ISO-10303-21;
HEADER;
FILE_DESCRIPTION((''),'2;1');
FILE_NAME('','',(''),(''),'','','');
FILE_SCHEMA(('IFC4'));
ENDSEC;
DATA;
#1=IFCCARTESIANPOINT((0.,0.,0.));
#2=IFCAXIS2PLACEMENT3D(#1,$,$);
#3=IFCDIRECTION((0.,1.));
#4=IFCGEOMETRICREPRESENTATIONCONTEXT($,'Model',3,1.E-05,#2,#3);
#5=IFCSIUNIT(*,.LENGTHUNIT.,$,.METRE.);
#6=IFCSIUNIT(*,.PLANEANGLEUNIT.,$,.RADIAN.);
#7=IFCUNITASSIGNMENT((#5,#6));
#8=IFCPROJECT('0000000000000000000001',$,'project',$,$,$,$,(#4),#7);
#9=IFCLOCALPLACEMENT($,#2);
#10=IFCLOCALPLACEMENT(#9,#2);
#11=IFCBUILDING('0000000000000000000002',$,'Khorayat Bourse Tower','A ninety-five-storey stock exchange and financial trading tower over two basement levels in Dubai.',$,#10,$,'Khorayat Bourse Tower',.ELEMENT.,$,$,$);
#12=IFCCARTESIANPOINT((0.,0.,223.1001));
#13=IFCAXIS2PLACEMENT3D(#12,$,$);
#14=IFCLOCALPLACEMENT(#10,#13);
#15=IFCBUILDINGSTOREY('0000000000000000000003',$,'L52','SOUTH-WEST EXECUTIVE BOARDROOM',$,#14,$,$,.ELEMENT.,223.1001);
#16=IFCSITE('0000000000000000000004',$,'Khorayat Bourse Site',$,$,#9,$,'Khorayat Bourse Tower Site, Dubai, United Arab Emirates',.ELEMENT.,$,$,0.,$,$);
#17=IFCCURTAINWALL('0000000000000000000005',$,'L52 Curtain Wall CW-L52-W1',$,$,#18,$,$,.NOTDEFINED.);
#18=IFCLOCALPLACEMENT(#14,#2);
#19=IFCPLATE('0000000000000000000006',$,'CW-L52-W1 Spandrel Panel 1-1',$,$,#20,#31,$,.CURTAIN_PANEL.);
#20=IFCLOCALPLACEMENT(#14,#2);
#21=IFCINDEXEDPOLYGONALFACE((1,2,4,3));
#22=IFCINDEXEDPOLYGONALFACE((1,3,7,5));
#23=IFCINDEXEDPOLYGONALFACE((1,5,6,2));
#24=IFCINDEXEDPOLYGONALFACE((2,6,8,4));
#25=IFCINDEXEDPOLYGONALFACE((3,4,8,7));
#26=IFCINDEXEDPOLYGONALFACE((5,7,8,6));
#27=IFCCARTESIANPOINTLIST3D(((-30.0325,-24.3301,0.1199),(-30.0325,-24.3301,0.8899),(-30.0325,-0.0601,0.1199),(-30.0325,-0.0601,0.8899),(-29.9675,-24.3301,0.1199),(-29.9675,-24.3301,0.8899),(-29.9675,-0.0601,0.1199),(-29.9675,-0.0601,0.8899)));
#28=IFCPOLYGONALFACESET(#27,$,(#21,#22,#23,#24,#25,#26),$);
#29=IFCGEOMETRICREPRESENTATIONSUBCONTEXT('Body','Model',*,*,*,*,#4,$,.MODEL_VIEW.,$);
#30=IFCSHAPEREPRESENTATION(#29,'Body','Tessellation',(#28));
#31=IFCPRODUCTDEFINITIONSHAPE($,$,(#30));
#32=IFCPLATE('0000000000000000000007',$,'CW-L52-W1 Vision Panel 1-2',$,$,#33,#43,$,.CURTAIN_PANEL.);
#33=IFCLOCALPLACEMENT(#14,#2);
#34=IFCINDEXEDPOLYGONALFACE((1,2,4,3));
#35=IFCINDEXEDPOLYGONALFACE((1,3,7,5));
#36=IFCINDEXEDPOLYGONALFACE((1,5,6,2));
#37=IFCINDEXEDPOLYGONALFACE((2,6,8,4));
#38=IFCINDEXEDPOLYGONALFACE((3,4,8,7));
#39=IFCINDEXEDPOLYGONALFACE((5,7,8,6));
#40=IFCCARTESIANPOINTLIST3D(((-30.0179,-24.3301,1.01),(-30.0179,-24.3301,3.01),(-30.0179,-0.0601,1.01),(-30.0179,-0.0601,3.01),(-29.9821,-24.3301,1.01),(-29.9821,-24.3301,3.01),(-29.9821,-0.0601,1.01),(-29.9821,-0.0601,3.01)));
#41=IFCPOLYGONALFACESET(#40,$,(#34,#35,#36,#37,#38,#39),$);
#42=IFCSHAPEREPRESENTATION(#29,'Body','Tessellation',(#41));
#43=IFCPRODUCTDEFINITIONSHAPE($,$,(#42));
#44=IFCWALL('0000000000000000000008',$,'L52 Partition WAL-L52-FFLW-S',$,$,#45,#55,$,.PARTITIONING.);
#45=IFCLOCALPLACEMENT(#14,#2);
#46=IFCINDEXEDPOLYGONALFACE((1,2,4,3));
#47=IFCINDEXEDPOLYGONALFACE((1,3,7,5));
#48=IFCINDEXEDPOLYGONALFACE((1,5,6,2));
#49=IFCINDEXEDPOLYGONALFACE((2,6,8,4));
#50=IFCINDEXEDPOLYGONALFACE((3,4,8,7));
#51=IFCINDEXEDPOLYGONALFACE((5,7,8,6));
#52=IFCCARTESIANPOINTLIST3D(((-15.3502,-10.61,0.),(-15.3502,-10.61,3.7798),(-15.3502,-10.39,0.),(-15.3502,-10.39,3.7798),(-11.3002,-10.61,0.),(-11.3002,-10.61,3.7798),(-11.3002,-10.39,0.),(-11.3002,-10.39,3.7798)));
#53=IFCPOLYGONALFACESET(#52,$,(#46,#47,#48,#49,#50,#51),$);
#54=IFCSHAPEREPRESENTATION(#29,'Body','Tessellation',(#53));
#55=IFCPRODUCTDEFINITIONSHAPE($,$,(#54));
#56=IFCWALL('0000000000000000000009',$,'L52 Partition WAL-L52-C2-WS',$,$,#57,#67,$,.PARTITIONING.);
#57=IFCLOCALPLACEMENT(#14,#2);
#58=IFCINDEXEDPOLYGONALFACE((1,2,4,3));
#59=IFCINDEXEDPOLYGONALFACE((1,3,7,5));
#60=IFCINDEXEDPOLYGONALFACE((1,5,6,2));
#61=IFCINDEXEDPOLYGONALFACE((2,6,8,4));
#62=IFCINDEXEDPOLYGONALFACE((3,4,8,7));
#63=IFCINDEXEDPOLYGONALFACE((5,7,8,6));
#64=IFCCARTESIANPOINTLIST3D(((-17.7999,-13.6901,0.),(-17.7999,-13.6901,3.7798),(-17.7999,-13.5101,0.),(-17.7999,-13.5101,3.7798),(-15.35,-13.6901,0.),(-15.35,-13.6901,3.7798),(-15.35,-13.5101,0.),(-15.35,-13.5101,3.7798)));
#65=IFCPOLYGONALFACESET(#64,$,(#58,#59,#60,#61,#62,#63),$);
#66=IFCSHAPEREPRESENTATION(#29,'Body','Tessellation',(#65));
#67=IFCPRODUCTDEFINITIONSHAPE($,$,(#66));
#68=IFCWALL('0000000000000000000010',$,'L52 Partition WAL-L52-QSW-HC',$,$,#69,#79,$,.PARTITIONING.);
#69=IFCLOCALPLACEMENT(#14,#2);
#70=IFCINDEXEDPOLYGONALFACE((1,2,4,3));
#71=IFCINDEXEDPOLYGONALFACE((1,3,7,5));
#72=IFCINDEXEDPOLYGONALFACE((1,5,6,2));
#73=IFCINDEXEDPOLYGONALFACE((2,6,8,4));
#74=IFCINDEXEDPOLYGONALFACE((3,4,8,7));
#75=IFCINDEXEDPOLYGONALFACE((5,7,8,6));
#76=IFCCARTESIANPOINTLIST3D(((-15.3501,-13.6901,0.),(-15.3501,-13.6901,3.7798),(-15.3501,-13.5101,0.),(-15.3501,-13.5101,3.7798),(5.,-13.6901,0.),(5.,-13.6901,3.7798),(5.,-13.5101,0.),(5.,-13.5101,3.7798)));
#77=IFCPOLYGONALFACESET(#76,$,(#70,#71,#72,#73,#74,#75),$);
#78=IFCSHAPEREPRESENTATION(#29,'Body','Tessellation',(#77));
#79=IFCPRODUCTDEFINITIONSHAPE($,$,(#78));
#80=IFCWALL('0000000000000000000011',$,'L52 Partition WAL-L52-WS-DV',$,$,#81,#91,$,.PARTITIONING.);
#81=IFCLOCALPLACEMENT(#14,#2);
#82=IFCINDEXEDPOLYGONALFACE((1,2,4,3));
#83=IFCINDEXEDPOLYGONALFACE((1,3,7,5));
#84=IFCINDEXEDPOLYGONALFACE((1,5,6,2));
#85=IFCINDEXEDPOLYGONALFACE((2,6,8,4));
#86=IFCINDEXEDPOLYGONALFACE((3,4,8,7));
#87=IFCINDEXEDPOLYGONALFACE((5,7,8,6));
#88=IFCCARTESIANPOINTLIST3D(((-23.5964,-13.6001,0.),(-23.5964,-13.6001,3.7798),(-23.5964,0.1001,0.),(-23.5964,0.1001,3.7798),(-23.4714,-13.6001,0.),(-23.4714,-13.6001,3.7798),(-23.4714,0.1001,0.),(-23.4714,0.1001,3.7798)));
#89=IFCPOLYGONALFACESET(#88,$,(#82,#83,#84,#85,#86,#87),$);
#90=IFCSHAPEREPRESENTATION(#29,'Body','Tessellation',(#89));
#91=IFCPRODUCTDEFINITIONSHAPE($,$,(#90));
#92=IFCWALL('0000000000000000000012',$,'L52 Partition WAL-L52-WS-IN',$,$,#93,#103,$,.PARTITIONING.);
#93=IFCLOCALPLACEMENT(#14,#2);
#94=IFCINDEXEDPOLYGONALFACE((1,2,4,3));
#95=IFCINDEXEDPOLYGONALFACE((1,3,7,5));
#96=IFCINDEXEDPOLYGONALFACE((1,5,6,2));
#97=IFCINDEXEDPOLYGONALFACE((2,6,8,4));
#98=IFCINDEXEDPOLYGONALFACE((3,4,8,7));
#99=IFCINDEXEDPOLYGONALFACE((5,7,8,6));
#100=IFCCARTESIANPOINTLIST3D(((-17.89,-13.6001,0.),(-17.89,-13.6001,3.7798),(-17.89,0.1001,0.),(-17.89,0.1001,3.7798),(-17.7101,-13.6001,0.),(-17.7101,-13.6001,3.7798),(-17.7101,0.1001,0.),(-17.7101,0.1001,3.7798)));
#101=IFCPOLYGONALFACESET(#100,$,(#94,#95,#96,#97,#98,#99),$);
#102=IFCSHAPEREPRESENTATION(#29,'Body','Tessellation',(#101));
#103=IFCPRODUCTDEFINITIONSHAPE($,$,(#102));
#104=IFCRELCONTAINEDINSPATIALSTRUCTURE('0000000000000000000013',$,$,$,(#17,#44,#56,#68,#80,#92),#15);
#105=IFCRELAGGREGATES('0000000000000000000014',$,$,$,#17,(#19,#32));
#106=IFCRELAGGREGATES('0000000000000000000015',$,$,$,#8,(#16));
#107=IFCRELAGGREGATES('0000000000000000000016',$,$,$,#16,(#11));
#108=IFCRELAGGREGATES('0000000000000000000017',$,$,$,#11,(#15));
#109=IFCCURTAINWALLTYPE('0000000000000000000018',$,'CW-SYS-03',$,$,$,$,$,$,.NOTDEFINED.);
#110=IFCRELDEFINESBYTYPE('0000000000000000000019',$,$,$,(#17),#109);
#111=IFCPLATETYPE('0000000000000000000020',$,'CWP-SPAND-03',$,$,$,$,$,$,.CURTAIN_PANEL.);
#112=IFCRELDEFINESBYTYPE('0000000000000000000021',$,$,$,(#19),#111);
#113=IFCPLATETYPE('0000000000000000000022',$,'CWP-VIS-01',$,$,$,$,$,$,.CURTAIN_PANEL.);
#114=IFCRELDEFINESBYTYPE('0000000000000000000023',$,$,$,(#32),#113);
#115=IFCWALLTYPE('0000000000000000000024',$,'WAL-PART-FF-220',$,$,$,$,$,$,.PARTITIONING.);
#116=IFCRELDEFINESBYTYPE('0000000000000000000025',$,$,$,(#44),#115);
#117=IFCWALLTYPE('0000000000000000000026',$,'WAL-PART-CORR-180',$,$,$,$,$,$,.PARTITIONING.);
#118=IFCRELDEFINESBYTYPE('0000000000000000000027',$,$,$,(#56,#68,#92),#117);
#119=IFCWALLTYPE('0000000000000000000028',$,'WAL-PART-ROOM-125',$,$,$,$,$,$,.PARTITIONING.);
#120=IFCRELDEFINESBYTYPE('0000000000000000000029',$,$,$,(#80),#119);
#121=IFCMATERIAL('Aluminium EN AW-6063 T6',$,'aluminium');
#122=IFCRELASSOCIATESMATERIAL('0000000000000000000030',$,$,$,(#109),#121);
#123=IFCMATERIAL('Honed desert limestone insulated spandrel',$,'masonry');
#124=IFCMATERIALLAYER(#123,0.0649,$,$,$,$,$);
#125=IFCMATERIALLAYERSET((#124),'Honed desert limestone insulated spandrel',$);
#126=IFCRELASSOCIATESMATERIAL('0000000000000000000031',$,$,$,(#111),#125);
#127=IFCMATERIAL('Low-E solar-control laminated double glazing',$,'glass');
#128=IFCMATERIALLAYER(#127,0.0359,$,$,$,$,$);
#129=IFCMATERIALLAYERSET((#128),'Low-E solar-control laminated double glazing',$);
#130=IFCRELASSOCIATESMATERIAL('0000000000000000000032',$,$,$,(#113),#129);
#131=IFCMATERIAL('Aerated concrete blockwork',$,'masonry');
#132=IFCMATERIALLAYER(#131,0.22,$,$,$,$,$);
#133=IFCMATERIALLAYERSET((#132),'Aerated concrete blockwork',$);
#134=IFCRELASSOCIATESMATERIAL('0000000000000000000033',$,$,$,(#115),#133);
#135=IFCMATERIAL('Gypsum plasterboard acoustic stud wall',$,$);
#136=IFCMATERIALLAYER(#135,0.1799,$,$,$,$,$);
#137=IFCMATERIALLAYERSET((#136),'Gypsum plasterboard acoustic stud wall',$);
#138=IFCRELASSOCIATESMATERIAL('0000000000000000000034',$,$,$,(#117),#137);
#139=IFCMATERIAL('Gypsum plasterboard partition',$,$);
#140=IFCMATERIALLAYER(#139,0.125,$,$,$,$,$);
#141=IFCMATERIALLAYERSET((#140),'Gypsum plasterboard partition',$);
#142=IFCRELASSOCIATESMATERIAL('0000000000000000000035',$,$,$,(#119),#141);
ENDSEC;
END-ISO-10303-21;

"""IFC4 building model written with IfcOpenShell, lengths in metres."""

from ifc_helpers import new_model, si_unit, direction, frame, frame_2d, origin, origin_2d, place, context, subcontext, project, spatial, rectangle, extrude, source, transform, mapped, material, layer, layer_set, type_object, element, aggregate, save


model = new_model("IFC4")

# Units and contexts
model_context = context("Model", 3, precision=1e-05, world=origin(), true_north=direction((0.0, 1.0)))
body_context = subcontext(model_context, "Body", "Model", "MODEL_VIEW")
ifc_project = project(units=[si_unit("LENGTHUNIT", "METRE"), si_unit("PLANEANGLEUNIT", "RADIAN")], contexts=[model_context])

# Site, building, storey
site_placement = place(None, origin())
site = spatial("IfcSite", under=ifc_project, at=site_placement, Name="Khorayat Bourse Site", LongName="Khorayat Bourse Tower Site, Dubai, United Arab Emirates", CompositionType="ELEMENT", RefElevation=0.0)
building_placement = place(site_placement, origin())
building = spatial("IfcBuilding", under=site, at=building_placement, Name="Khorayat Bourse Tower", Description="A ninety-five-storey stock exchange and financial trading tower over two basement levels in Dubai.", LongName="Khorayat Bourse Tower", CompositionType="ELEMENT")
storey_placement = place(building_placement, frame((0.0, 0.0, 223.1001)))
storey = spatial("IfcBuildingStorey", under=building, at=storey_placement, Name="L52", Description="SOUTH-WEST EXECUTIVE BOARDROOM", CompositionType="ELEMENT", Elevation=223.1001)

# Curtain wall
ifc_material_1 = material(Name="Aluminium EN AW-6063 T6", Category="aluminium")
curtain_wall_type = type_object("IfcCurtainWallType", Name="CW-SYS-03", PredefinedType="NOTDEFINED", material=ifc_material_1)
curtain_wall_placement = place(storey_placement, origin())
curtain_wall = element("IfcCurtainWall", 1, at=curtain_wall_placement, inside=storey, type_object=curtain_wall_type, Name="L52 Curtain Wall CW-L52-W1", PredefinedType="NOTDEFINED")

# Plates
ifc_material_2 = material(Name="Honed desert limestone insulated spandrel", Category="masonry")
ifc_layer_1 = layer(ifc_material_2, 0.0649)
ifc_layer_set_1 = layer_set([ifc_layer_1], Name="Honed desert limestone insulated spandrel")
plate_type_1 = type_object("IfcPlateType", Name="CWP-SPAND-03", PredefinedType="CURTAIN_PANEL", material=ifc_layer_set_1)
shared_shape_1 = source(origin(), body_context, "Body", "SweptSolid", [
    extrude(rectangle(XDim=24.27, YDim=0.0649, at=origin_2d()), origin(), (0.0, 0.0, 1.0), 0.77),
])
plate_1_placement = place(storey_placement, frame((-30.0, -12.1951, 0.1199), z_axis=(0.0, 0.0, 1.0), x_axis=(0.0, 1.0, 0.0)))
plate_1 = element("IfcPlate", 2, at=plate_1_placement, type_object=plate_type_1, Name="CW-L52-W1 Spandrel Panel 1-1", PredefinedType="CURTAIN_PANEL", context=body_context, shape_type="MappedRepresentation", body=[
    mapped(shared_shape_1, transform((0.0, 0.0, 0.0), scale=1.0)),
])
ifc_material_3 = material(Name="Low-E solar-control laminated double glazing", Category="glass")
ifc_layer_2 = layer(ifc_material_3, 0.0359)
ifc_layer_set_2 = layer_set([ifc_layer_2], Name="Low-E solar-control laminated double glazing")
plate_type_2 = type_object("IfcPlateType", Name="CWP-VIS-01", PredefinedType="CURTAIN_PANEL", material=ifc_layer_set_2)
shared_shape_2 = source(origin(), body_context, "Body", "SweptSolid", [
    extrude(rectangle(XDim=24.27, YDim=0.0359, at=origin_2d()), origin(), (0.0, 0.0, 1.0), 2.0),
])
plate_2_placement = place(storey_placement, frame((-30.0, -12.1951, 1.01), z_axis=(0.0, 0.0, 1.0), x_axis=(0.0, 1.0, 0.0)))
plate_2 = element("IfcPlate", 3, at=plate_2_placement, type_object=plate_type_2, Name="CW-L52-W1 Vision Panel 1-2", PredefinedType="CURTAIN_PANEL", context=body_context, shape_type="MappedRepresentation", body=[
    mapped(shared_shape_2, transform((0.0, 0.0, 0.0), scale=1.0)),
])
aggregate(curtain_wall, [plate_1, plate_2])

# Walls
ifc_material_4 = material(Name="Aerated concrete blockwork", Category="masonry")
ifc_layer_3 = layer(ifc_material_4, 0.22)
ifc_layer_set_3 = layer_set([ifc_layer_3], Name="Aerated concrete blockwork")
wall_type_1 = type_object("IfcWallType", Name="WAL-PART-FF-220", PredefinedType="PARTITIONING", material=ifc_layer_set_3)
shared_shape_3 = source(origin(), body_context, "Body", "SweptSolid", [
    extrude(rectangle(XDim=4.05, YDim=0.22, at=frame_2d((2.0249, 0.0))), origin(), (0.0, 0.0, 1.0), 3.7798),
])
wall_1_placement = place(storey_placement, frame((-15.3501, -10.5, 0.0), z_axis=(0.0, 0.0, 1.0), x_axis=(1.0, 0.0, 0.0)))
element("IfcWall", 4, at=wall_1_placement, inside=storey, type_object=wall_type_1, Name="L52 Partition WAL-L52-FFLW-S", PredefinedType="PARTITIONING", context=body_context, shape_type="MappedRepresentation", body=[
    mapped(shared_shape_3, transform((0.0, 0.0, 0.0), scale=1.0)),
])
ifc_material_5 = material(Name="Gypsum plasterboard acoustic stud wall")
ifc_layer_4 = layer(ifc_material_5, 0.1799)
ifc_layer_set_4 = layer_set([ifc_layer_4], Name="Gypsum plasterboard acoustic stud wall")
wall_type_2 = type_object("IfcWallType", Name="WAL-PART-CORR-180", PredefinedType="PARTITIONING", material=ifc_layer_set_4)
shared_shape_4 = source(origin(), body_context, "Body", "SweptSolid", [
    extrude(rectangle(XDim=2.45, YDim=0.1799, at=frame_2d((1.2251, 0.0))), origin(), (0.0, 0.0, 1.0), 3.7798),
])
wall_2_placement = place(storey_placement, frame((-17.8, -13.6001, 0.0), z_axis=(0.0, 0.0, 1.0), x_axis=(1.0, 0.0, 0.0)))
element("IfcWall", 5, at=wall_2_placement, inside=storey, type_object=wall_type_2, Name="L52 Partition WAL-L52-C2-WS", PredefinedType="PARTITIONING", context=body_context, shape_type="MappedRepresentation", body=[
    mapped(shared_shape_4, transform((0.0, 0.0, 0.0), scale=1.0)),
])
shared_shape_5 = source(origin(), body_context, "Body", "SweptSolid", [
    extrude(rectangle(XDim=20.3501, YDim=0.1799, at=frame_2d((10.175, 0.0))), origin(), (0.0, 0.0, 1.0), 3.7798),
])
wall_3_placement = place(storey_placement, frame((-15.3501, -13.6001, 0.0), z_axis=(0.0, 0.0, 1.0), x_axis=(1.0, 0.0, 0.0)))
element("IfcWall", 6, at=wall_3_placement, inside=storey, type_object=wall_type_2, Name="L52 Partition WAL-L52-QSW-HC", PredefinedType="PARTITIONING", context=body_context, shape_type="MappedRepresentation", body=[
    mapped(shared_shape_5, transform((0.0, 0.0, 0.0), scale=1.0)),
])
ifc_material_6 = material(Name="Gypsum plasterboard partition")
ifc_layer_5 = layer(ifc_material_6, 0.125)
ifc_layer_set_5 = layer_set([ifc_layer_5], Name="Gypsum plasterboard partition")
wall_type_3 = type_object("IfcWallType", Name="WAL-PART-ROOM-125", PredefinedType="PARTITIONING", material=ifc_layer_set_5)
shared_shape_6 = source(origin(), body_context, "Body", "SweptSolid", [
    extrude(rectangle(XDim=13.7002, YDim=0.125, at=frame_2d((6.8501, 0.0))), origin(), (0.0, 0.0, 1.0), 3.7798),
])
wall_4_placement = place(storey_placement, frame((-23.5339, -13.6001, 0.0), z_axis=(0.0, 0.0, 1.0), x_axis=(0.0, 1.0, 0.0)))
element("IfcWall", 7, at=wall_4_placement, inside=storey, type_object=wall_type_3, Name="L52 Partition WAL-L52-WS-DV", PredefinedType="PARTITIONING", context=body_context, shape_type="MappedRepresentation", body=[
    mapped(shared_shape_6, transform((0.0, 0.0, 0.0), scale=1.0)),
])
shared_shape_7 = source(origin(), body_context, "Body", "SweptSolid", [
    extrude(rectangle(XDim=13.7002, YDim=0.1799, at=frame_2d((6.8501, 0.0))), origin(), (0.0, 0.0, 1.0), 3.7798),
])
wall_5_placement = place(storey_placement, frame((-17.8, -13.6001, 0.0), z_axis=(0.0, 0.0, 1.0), x_axis=(0.0, 1.0, 0.0)))
element("IfcWall", 8, at=wall_5_placement, inside=storey, type_object=wall_type_2, Name="L52 Partition WAL-L52-WS-IN", PredefinedType="PARTITIONING", context=body_context, shape_type="MappedRepresentation", body=[
    mapped(shared_shape_7, transform((0.0, 0.0, 0.0), scale=1.0)),
])

save(model, "model.ifc")
